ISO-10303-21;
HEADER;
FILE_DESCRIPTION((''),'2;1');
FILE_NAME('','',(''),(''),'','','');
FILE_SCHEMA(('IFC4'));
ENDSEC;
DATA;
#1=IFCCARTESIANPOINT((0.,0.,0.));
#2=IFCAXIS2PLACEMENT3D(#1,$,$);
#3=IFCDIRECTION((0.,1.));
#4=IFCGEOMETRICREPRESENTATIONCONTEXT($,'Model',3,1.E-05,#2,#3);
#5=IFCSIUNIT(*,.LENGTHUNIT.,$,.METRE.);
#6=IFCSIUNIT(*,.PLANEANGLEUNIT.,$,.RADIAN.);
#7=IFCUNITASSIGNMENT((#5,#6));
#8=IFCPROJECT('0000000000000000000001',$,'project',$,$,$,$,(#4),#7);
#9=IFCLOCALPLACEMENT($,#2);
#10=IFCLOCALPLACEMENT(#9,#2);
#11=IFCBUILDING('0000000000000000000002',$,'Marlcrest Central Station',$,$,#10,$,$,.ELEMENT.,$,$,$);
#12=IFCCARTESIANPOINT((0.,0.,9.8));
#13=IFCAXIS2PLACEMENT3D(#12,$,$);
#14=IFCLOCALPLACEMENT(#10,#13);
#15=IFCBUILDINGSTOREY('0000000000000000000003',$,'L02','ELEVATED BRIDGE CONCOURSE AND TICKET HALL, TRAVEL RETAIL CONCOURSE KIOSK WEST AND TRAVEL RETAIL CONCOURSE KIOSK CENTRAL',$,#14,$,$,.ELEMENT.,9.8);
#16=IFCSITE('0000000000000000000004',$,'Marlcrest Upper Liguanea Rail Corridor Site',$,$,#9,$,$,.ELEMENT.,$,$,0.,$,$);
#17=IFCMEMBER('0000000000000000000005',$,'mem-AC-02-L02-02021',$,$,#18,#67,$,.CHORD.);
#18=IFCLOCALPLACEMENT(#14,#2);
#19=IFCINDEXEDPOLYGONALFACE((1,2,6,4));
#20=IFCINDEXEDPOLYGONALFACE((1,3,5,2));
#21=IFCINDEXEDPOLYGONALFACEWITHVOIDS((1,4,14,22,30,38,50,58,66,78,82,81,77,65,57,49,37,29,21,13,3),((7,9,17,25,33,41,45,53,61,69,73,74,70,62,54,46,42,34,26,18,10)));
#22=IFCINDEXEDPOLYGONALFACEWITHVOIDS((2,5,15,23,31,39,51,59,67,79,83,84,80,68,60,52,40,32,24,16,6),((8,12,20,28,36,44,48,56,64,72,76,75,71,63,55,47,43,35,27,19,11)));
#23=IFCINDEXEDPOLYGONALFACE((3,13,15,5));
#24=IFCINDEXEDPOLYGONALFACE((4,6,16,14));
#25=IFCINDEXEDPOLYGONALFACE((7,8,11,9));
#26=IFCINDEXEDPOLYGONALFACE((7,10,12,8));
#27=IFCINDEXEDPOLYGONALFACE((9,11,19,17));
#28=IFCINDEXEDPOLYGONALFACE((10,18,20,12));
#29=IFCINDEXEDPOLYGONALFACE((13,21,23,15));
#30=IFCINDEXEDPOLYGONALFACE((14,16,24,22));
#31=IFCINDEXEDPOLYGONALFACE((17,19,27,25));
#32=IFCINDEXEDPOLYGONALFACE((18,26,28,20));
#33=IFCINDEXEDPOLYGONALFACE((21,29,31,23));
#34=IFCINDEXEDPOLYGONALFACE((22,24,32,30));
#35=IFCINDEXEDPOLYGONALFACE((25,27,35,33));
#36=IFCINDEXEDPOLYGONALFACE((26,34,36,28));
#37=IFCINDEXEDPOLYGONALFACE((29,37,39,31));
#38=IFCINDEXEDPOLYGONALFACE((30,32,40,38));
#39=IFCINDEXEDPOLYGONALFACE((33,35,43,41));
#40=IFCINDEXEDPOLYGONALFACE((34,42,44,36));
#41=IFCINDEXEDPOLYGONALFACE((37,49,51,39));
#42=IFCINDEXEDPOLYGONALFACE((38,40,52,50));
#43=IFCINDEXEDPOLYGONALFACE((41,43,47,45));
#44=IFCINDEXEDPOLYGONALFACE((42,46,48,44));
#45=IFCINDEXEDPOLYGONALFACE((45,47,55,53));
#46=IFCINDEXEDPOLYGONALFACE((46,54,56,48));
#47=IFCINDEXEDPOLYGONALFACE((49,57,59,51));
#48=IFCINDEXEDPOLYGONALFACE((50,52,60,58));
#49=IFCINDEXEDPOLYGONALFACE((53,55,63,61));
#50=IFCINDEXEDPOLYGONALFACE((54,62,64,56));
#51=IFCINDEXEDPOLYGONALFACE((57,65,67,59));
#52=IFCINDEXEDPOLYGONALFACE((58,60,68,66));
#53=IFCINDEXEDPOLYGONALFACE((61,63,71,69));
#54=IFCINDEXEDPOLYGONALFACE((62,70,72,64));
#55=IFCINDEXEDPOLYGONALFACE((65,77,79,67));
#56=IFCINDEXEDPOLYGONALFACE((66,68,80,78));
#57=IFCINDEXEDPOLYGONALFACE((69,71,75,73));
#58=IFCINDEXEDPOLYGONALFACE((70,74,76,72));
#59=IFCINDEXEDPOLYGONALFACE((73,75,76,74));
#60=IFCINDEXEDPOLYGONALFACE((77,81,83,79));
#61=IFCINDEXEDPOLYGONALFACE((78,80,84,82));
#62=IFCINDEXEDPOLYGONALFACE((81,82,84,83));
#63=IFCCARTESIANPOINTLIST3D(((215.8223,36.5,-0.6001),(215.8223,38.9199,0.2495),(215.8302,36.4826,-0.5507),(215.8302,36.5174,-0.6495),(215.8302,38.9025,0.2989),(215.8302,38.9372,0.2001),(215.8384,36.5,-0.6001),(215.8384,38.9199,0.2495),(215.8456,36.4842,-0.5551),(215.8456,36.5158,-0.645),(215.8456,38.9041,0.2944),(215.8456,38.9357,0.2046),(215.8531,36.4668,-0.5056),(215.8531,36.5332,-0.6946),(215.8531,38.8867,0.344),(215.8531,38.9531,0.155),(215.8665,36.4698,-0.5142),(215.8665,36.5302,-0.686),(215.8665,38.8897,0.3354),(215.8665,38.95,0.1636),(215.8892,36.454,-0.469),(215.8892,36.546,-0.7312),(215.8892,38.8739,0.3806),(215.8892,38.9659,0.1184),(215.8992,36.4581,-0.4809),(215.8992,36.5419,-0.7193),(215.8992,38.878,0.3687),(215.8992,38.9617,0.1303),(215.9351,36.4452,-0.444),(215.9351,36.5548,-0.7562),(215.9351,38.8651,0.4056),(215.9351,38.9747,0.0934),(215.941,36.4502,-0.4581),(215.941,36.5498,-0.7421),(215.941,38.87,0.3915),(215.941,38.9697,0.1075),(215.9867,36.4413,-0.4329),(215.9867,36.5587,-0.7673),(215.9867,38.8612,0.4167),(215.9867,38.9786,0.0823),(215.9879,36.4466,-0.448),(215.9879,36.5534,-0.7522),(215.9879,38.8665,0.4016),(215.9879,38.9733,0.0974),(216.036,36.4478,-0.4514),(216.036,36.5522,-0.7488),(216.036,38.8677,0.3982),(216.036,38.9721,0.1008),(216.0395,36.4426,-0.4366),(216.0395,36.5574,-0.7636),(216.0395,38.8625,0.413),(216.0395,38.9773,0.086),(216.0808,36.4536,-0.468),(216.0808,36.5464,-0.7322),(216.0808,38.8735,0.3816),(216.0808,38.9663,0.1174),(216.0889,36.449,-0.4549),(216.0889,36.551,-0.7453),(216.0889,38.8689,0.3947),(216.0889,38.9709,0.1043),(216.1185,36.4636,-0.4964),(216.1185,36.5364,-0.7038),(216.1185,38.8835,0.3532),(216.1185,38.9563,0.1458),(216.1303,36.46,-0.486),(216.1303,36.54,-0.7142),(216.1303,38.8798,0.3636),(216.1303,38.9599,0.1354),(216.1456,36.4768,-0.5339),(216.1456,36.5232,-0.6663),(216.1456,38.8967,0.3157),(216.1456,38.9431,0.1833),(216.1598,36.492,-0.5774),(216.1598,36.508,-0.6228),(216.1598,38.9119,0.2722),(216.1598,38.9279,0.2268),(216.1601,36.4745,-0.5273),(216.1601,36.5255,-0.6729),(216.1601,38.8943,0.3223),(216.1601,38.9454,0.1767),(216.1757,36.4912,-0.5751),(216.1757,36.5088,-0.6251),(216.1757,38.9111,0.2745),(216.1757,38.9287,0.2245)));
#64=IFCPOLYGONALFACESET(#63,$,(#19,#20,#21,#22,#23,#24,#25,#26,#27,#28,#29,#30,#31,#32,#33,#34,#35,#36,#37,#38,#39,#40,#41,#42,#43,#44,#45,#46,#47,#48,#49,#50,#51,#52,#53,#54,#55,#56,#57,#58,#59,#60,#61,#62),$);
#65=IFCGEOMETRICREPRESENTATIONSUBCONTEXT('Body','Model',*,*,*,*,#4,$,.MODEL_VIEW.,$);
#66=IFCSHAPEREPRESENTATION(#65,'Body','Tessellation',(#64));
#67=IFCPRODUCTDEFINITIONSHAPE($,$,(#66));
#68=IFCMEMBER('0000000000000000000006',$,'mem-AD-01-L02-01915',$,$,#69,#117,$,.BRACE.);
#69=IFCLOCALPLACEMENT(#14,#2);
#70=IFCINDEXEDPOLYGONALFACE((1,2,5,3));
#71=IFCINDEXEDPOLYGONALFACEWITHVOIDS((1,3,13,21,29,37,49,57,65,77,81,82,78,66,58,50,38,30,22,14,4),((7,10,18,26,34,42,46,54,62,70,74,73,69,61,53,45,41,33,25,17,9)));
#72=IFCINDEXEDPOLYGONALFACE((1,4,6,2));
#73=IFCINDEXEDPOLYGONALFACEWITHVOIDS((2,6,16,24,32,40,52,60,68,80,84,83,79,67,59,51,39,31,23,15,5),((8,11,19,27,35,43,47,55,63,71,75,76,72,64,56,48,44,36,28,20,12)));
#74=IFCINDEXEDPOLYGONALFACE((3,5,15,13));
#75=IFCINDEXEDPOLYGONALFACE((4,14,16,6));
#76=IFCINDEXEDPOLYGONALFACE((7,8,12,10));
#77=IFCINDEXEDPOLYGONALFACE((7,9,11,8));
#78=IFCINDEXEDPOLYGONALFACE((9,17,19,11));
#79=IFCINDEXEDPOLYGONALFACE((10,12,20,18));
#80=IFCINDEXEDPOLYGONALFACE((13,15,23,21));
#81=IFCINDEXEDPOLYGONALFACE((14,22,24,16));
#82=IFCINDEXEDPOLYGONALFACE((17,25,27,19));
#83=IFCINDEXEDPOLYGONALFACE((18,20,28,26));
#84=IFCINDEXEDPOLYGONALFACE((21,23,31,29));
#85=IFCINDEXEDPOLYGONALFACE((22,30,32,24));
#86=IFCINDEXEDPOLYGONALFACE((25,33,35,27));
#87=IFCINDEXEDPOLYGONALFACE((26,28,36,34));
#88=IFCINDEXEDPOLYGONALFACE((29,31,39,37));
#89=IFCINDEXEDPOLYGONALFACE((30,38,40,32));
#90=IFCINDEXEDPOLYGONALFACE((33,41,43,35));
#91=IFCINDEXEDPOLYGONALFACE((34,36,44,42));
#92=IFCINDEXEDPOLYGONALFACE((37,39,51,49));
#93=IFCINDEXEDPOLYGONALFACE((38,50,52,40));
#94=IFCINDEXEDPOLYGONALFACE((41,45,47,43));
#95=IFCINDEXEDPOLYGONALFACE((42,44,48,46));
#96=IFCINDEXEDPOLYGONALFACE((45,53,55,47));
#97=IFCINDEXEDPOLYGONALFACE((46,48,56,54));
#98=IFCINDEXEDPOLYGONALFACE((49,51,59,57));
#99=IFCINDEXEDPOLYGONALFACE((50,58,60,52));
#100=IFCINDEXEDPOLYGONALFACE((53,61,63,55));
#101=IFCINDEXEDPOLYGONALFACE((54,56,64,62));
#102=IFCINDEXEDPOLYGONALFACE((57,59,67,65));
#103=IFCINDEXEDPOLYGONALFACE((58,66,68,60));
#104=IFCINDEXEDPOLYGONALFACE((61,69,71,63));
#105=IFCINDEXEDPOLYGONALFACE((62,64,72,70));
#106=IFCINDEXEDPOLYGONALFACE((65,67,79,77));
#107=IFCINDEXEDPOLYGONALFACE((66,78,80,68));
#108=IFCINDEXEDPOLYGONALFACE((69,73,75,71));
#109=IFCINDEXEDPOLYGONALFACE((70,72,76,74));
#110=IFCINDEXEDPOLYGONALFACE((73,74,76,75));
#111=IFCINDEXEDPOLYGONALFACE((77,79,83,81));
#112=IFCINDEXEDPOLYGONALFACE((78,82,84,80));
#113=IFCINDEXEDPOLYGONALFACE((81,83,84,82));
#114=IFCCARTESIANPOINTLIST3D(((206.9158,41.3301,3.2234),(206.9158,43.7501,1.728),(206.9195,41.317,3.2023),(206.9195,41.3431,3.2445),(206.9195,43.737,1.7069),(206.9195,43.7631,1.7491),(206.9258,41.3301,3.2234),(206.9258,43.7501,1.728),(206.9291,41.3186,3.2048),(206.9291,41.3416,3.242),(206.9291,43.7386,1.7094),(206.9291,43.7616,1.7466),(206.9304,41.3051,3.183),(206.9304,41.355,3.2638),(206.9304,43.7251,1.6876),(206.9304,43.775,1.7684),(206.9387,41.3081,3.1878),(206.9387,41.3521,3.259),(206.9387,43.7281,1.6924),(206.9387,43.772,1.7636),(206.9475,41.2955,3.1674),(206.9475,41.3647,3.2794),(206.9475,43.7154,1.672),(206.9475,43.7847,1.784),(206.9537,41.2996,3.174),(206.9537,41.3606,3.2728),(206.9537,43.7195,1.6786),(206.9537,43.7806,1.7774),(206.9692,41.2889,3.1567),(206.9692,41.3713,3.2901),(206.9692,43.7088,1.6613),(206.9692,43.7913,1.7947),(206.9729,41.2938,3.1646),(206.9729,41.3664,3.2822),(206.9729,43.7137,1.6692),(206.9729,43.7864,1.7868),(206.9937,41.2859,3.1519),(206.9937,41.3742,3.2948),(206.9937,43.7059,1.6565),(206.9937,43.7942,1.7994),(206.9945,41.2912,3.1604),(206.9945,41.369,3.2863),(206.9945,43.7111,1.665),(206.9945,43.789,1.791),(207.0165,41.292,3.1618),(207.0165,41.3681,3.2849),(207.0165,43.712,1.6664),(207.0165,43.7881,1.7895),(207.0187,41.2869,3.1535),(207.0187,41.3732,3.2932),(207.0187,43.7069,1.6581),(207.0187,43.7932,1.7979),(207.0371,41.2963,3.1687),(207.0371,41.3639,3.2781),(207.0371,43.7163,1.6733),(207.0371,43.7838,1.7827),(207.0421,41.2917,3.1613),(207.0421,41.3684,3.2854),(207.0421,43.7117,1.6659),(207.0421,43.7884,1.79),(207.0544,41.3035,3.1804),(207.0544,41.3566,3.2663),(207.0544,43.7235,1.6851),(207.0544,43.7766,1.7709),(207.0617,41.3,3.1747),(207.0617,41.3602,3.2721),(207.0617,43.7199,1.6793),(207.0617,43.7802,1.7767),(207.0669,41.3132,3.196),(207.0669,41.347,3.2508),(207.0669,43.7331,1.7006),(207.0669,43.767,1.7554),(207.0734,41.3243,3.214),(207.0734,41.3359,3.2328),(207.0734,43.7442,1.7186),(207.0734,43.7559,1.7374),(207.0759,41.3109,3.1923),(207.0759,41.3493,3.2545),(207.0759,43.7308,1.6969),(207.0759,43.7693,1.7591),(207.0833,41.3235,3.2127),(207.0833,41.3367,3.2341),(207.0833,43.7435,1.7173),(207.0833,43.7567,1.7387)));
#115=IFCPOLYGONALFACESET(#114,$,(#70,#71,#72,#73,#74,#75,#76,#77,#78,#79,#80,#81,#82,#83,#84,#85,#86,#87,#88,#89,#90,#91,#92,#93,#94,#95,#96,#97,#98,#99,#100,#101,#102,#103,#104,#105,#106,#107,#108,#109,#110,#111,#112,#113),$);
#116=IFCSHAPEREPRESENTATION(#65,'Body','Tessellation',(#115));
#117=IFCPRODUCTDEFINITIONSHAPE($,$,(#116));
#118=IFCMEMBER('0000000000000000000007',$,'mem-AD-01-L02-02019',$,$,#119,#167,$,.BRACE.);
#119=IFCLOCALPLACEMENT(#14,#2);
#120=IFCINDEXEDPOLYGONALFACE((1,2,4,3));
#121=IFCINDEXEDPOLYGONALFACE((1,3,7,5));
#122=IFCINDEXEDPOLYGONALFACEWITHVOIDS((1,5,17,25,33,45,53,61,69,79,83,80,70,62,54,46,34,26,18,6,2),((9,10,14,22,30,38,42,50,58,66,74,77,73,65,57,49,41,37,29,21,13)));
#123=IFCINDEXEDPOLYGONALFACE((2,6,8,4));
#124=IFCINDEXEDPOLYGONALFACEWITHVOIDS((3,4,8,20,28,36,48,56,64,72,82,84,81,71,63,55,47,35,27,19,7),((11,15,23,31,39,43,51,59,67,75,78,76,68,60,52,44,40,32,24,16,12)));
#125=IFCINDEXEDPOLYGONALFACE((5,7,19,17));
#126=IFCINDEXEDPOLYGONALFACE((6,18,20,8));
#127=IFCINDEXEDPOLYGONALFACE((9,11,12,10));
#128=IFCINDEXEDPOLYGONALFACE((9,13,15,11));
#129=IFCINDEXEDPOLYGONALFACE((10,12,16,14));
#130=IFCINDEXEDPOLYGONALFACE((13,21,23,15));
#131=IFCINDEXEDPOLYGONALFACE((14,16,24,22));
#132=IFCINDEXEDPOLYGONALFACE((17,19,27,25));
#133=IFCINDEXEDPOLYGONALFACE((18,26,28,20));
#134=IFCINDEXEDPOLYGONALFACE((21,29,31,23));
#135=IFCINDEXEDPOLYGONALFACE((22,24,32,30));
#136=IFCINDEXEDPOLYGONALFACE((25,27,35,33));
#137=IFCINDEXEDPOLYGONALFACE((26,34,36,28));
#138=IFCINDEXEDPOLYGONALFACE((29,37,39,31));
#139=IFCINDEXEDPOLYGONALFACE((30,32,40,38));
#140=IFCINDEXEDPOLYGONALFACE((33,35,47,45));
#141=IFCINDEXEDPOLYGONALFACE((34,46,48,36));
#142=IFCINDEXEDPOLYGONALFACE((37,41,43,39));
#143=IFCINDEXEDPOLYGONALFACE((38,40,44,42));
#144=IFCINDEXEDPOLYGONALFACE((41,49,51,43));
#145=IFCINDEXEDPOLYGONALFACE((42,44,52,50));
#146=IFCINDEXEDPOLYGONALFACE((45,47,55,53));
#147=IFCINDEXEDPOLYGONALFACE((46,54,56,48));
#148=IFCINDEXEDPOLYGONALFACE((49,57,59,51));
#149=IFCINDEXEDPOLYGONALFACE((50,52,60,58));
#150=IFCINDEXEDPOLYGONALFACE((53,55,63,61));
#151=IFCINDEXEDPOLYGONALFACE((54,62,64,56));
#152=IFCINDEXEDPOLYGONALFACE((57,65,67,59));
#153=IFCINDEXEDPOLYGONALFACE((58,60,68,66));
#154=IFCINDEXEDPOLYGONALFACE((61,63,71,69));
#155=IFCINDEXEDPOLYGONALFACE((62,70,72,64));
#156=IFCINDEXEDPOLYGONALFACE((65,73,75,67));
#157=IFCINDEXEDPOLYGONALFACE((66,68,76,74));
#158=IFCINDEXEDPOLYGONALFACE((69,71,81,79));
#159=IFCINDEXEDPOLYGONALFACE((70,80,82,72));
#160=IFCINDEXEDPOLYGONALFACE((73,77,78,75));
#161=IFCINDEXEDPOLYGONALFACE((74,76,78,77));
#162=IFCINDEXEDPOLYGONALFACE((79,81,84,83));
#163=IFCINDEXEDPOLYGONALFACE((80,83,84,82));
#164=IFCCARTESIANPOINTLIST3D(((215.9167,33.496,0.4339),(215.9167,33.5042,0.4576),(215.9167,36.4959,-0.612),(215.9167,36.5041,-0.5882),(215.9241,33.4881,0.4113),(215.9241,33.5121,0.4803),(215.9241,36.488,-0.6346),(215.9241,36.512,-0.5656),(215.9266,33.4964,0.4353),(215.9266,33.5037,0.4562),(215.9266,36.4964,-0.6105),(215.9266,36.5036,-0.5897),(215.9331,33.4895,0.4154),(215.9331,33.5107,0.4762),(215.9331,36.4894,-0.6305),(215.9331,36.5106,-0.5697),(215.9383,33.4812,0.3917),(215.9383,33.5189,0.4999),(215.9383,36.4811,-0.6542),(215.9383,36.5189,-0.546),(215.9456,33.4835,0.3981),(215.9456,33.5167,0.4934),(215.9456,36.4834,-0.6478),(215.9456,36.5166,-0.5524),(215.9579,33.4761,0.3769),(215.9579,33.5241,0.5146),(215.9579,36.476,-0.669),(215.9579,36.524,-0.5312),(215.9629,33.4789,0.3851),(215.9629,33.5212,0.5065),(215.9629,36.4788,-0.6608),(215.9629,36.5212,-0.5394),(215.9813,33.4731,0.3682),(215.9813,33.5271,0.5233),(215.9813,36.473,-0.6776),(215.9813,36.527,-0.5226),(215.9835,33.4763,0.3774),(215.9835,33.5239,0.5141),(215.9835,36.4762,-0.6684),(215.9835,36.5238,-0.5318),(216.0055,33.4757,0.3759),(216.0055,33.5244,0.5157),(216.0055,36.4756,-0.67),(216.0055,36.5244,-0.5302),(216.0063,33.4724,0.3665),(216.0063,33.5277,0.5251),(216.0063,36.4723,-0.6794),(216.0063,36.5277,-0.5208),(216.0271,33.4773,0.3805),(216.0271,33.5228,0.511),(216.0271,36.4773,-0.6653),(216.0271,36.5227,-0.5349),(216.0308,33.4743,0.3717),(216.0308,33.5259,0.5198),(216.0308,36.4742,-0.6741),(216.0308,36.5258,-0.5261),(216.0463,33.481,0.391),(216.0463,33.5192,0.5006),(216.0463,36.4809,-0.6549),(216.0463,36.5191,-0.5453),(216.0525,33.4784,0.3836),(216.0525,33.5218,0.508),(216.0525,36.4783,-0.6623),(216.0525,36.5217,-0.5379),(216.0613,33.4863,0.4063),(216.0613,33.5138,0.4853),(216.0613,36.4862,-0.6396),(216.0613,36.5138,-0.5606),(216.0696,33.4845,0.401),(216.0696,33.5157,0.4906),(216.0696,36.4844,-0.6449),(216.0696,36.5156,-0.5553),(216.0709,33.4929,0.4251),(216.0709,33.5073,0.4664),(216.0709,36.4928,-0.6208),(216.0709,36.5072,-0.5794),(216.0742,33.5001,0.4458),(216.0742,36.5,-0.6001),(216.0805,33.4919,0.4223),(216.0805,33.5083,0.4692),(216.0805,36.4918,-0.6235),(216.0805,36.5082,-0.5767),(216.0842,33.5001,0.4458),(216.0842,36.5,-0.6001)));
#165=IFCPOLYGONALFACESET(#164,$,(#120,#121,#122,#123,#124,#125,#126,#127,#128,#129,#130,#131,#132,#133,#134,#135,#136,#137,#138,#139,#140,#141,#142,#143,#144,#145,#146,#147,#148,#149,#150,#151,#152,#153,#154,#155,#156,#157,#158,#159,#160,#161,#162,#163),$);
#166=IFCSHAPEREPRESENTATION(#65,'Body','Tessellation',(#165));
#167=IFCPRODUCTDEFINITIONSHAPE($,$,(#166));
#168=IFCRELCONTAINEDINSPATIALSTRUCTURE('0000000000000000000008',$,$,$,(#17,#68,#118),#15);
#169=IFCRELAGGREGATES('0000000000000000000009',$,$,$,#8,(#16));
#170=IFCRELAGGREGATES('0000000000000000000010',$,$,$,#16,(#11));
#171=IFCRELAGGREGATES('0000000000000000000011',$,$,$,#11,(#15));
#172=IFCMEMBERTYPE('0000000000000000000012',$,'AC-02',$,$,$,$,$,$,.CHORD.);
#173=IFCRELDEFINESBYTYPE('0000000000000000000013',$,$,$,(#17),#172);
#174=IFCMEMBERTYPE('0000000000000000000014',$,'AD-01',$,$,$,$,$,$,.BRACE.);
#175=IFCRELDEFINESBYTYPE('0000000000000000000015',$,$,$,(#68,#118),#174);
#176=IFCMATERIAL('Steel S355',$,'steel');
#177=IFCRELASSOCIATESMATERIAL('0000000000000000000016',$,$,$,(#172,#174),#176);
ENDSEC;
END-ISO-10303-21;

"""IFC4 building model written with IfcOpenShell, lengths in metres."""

from ifc_helpers import new_model, si_unit, direction, frame, origin, origin_2d, place, context, subcontext, project, spatial, hollow_circle, extrude, material, material_profile, profile_set, type_object, element, save


model = new_model("IFC4")

# Units and contexts
model_context = context("Model", 3, precision=1e-05, world=origin(), true_north=direction((0.0, 1.0)))
body_context = subcontext(model_context, "Body", "Model", "MODEL_VIEW")
ifc_project = project(units=[si_unit("LENGTHUNIT", "METRE"), si_unit("PLANEANGLEUNIT", "RADIAN")], contexts=[model_context])

# Site, building, storey
site_placement = place(None, origin())
site = spatial("IfcSite", under=ifc_project, at=site_placement, Name="Marlcrest Upper Liguanea Rail Corridor Site", CompositionType="ELEMENT", RefElevation=0.0)
building_placement = place(site_placement, origin())
building = spatial("IfcBuilding", under=site, at=building_placement, Name="Marlcrest Central Station", CompositionType="ELEMENT")
storey_placement = place(building_placement, frame((0.0, 0.0, 9.8)))
storey = spatial("IfcBuildingStorey", under=building, at=storey_placement, Name="L02", Description="ELEVATED BRIDGE CONCOURSE AND TICKET HALL, TRAVEL RETAIL CONCOURSE KIOSK WEST AND TRAVEL RETAIL CONCOURSE KIOSK CENTRAL", CompositionType="ELEMENT", Elevation=9.8)

# Members
ifc_material_1 = material(Name="Steel S355", Category="steel")
ifc_material_profile_1 = material_profile(ifc_material_1, hollow_circle(Radius=0.1777, WallThickness=0.0161, at=origin_2d()), Name="CHS 355.6x16")
ifc_profile_set_1 = profile_set([ifc_material_profile_1], Name="Steel S355")
member_type_1 = type_object("IfcMemberType", Name="AC-02", PredefinedType="CHORD", material=ifc_profile_set_1)
member_1_placement = place(storey_placement, frame((216.0, 36.5, -0.6001), z_axis=(0.0, 0.943537, 0.331266), x_axis=(-1.0, 0.0, 0.0)))
element("IfcMember", 1, at=member_1_placement, inside=storey, type_object=member_type_1, Name="mem-AC-02-L02-02021", PredefinedType="CHORD", context=body_context, shape_type="SweptSolid", body=[
    extrude(hollow_circle(Radius=0.1777, WallThickness=0.0161, at=origin_2d()), origin(), (0.0, 0.0, 1.0), 2.5647),
])
ifc_material_profile_2 = material_profile(ifc_material_1, hollow_circle(Radius=0.0842, WallThickness=0.01, at=origin_2d()), Name="CHS 168.3x10")
ifc_profile_set_2 = profile_set([ifc_material_profile_2], Name="Steel S355")
member_type_2 = type_object("IfcMemberType", Name="AD-01", PredefinedType="BRACE", material=ifc_profile_set_2)
member_2_placement = place(storey_placement, frame((207.0, 41.3301, 3.2234), z_axis=(0.0, 0.850687, -0.525672), x_axis=(-1.0, 0.0, 0.0)))
element("IfcMember", 2, at=member_2_placement, inside=storey, type_object=member_type_2, Name="mem-AD-01-L02-01915", PredefinedType="BRACE", context=body_context, shape_type="SweptSolid", body=[
    extrude(hollow_circle(Radius=0.0842, WallThickness=0.01, at=origin_2d()), origin(), (0.0, 0.0, 1.0), 2.8447),
])
member_3_placement = place(storey_placement, frame((216.0, 36.5, -0.6001), z_axis=(0.0, -0.94426, 0.3292), x_axis=(1.0, 0.0, 0.0)))
element("IfcMember", 3, at=member_3_placement, inside=storey, type_object=member_type_2, Name="mem-AD-01-L02-02019", PredefinedType="BRACE", context=body_context, shape_type="SweptSolid", body=[
    extrude(hollow_circle(Radius=0.0842, WallThickness=0.01, at=origin_2d()), origin(), (0.0, 0.0, 1.0), 3.177),
])

save(model, "model.ifc")
